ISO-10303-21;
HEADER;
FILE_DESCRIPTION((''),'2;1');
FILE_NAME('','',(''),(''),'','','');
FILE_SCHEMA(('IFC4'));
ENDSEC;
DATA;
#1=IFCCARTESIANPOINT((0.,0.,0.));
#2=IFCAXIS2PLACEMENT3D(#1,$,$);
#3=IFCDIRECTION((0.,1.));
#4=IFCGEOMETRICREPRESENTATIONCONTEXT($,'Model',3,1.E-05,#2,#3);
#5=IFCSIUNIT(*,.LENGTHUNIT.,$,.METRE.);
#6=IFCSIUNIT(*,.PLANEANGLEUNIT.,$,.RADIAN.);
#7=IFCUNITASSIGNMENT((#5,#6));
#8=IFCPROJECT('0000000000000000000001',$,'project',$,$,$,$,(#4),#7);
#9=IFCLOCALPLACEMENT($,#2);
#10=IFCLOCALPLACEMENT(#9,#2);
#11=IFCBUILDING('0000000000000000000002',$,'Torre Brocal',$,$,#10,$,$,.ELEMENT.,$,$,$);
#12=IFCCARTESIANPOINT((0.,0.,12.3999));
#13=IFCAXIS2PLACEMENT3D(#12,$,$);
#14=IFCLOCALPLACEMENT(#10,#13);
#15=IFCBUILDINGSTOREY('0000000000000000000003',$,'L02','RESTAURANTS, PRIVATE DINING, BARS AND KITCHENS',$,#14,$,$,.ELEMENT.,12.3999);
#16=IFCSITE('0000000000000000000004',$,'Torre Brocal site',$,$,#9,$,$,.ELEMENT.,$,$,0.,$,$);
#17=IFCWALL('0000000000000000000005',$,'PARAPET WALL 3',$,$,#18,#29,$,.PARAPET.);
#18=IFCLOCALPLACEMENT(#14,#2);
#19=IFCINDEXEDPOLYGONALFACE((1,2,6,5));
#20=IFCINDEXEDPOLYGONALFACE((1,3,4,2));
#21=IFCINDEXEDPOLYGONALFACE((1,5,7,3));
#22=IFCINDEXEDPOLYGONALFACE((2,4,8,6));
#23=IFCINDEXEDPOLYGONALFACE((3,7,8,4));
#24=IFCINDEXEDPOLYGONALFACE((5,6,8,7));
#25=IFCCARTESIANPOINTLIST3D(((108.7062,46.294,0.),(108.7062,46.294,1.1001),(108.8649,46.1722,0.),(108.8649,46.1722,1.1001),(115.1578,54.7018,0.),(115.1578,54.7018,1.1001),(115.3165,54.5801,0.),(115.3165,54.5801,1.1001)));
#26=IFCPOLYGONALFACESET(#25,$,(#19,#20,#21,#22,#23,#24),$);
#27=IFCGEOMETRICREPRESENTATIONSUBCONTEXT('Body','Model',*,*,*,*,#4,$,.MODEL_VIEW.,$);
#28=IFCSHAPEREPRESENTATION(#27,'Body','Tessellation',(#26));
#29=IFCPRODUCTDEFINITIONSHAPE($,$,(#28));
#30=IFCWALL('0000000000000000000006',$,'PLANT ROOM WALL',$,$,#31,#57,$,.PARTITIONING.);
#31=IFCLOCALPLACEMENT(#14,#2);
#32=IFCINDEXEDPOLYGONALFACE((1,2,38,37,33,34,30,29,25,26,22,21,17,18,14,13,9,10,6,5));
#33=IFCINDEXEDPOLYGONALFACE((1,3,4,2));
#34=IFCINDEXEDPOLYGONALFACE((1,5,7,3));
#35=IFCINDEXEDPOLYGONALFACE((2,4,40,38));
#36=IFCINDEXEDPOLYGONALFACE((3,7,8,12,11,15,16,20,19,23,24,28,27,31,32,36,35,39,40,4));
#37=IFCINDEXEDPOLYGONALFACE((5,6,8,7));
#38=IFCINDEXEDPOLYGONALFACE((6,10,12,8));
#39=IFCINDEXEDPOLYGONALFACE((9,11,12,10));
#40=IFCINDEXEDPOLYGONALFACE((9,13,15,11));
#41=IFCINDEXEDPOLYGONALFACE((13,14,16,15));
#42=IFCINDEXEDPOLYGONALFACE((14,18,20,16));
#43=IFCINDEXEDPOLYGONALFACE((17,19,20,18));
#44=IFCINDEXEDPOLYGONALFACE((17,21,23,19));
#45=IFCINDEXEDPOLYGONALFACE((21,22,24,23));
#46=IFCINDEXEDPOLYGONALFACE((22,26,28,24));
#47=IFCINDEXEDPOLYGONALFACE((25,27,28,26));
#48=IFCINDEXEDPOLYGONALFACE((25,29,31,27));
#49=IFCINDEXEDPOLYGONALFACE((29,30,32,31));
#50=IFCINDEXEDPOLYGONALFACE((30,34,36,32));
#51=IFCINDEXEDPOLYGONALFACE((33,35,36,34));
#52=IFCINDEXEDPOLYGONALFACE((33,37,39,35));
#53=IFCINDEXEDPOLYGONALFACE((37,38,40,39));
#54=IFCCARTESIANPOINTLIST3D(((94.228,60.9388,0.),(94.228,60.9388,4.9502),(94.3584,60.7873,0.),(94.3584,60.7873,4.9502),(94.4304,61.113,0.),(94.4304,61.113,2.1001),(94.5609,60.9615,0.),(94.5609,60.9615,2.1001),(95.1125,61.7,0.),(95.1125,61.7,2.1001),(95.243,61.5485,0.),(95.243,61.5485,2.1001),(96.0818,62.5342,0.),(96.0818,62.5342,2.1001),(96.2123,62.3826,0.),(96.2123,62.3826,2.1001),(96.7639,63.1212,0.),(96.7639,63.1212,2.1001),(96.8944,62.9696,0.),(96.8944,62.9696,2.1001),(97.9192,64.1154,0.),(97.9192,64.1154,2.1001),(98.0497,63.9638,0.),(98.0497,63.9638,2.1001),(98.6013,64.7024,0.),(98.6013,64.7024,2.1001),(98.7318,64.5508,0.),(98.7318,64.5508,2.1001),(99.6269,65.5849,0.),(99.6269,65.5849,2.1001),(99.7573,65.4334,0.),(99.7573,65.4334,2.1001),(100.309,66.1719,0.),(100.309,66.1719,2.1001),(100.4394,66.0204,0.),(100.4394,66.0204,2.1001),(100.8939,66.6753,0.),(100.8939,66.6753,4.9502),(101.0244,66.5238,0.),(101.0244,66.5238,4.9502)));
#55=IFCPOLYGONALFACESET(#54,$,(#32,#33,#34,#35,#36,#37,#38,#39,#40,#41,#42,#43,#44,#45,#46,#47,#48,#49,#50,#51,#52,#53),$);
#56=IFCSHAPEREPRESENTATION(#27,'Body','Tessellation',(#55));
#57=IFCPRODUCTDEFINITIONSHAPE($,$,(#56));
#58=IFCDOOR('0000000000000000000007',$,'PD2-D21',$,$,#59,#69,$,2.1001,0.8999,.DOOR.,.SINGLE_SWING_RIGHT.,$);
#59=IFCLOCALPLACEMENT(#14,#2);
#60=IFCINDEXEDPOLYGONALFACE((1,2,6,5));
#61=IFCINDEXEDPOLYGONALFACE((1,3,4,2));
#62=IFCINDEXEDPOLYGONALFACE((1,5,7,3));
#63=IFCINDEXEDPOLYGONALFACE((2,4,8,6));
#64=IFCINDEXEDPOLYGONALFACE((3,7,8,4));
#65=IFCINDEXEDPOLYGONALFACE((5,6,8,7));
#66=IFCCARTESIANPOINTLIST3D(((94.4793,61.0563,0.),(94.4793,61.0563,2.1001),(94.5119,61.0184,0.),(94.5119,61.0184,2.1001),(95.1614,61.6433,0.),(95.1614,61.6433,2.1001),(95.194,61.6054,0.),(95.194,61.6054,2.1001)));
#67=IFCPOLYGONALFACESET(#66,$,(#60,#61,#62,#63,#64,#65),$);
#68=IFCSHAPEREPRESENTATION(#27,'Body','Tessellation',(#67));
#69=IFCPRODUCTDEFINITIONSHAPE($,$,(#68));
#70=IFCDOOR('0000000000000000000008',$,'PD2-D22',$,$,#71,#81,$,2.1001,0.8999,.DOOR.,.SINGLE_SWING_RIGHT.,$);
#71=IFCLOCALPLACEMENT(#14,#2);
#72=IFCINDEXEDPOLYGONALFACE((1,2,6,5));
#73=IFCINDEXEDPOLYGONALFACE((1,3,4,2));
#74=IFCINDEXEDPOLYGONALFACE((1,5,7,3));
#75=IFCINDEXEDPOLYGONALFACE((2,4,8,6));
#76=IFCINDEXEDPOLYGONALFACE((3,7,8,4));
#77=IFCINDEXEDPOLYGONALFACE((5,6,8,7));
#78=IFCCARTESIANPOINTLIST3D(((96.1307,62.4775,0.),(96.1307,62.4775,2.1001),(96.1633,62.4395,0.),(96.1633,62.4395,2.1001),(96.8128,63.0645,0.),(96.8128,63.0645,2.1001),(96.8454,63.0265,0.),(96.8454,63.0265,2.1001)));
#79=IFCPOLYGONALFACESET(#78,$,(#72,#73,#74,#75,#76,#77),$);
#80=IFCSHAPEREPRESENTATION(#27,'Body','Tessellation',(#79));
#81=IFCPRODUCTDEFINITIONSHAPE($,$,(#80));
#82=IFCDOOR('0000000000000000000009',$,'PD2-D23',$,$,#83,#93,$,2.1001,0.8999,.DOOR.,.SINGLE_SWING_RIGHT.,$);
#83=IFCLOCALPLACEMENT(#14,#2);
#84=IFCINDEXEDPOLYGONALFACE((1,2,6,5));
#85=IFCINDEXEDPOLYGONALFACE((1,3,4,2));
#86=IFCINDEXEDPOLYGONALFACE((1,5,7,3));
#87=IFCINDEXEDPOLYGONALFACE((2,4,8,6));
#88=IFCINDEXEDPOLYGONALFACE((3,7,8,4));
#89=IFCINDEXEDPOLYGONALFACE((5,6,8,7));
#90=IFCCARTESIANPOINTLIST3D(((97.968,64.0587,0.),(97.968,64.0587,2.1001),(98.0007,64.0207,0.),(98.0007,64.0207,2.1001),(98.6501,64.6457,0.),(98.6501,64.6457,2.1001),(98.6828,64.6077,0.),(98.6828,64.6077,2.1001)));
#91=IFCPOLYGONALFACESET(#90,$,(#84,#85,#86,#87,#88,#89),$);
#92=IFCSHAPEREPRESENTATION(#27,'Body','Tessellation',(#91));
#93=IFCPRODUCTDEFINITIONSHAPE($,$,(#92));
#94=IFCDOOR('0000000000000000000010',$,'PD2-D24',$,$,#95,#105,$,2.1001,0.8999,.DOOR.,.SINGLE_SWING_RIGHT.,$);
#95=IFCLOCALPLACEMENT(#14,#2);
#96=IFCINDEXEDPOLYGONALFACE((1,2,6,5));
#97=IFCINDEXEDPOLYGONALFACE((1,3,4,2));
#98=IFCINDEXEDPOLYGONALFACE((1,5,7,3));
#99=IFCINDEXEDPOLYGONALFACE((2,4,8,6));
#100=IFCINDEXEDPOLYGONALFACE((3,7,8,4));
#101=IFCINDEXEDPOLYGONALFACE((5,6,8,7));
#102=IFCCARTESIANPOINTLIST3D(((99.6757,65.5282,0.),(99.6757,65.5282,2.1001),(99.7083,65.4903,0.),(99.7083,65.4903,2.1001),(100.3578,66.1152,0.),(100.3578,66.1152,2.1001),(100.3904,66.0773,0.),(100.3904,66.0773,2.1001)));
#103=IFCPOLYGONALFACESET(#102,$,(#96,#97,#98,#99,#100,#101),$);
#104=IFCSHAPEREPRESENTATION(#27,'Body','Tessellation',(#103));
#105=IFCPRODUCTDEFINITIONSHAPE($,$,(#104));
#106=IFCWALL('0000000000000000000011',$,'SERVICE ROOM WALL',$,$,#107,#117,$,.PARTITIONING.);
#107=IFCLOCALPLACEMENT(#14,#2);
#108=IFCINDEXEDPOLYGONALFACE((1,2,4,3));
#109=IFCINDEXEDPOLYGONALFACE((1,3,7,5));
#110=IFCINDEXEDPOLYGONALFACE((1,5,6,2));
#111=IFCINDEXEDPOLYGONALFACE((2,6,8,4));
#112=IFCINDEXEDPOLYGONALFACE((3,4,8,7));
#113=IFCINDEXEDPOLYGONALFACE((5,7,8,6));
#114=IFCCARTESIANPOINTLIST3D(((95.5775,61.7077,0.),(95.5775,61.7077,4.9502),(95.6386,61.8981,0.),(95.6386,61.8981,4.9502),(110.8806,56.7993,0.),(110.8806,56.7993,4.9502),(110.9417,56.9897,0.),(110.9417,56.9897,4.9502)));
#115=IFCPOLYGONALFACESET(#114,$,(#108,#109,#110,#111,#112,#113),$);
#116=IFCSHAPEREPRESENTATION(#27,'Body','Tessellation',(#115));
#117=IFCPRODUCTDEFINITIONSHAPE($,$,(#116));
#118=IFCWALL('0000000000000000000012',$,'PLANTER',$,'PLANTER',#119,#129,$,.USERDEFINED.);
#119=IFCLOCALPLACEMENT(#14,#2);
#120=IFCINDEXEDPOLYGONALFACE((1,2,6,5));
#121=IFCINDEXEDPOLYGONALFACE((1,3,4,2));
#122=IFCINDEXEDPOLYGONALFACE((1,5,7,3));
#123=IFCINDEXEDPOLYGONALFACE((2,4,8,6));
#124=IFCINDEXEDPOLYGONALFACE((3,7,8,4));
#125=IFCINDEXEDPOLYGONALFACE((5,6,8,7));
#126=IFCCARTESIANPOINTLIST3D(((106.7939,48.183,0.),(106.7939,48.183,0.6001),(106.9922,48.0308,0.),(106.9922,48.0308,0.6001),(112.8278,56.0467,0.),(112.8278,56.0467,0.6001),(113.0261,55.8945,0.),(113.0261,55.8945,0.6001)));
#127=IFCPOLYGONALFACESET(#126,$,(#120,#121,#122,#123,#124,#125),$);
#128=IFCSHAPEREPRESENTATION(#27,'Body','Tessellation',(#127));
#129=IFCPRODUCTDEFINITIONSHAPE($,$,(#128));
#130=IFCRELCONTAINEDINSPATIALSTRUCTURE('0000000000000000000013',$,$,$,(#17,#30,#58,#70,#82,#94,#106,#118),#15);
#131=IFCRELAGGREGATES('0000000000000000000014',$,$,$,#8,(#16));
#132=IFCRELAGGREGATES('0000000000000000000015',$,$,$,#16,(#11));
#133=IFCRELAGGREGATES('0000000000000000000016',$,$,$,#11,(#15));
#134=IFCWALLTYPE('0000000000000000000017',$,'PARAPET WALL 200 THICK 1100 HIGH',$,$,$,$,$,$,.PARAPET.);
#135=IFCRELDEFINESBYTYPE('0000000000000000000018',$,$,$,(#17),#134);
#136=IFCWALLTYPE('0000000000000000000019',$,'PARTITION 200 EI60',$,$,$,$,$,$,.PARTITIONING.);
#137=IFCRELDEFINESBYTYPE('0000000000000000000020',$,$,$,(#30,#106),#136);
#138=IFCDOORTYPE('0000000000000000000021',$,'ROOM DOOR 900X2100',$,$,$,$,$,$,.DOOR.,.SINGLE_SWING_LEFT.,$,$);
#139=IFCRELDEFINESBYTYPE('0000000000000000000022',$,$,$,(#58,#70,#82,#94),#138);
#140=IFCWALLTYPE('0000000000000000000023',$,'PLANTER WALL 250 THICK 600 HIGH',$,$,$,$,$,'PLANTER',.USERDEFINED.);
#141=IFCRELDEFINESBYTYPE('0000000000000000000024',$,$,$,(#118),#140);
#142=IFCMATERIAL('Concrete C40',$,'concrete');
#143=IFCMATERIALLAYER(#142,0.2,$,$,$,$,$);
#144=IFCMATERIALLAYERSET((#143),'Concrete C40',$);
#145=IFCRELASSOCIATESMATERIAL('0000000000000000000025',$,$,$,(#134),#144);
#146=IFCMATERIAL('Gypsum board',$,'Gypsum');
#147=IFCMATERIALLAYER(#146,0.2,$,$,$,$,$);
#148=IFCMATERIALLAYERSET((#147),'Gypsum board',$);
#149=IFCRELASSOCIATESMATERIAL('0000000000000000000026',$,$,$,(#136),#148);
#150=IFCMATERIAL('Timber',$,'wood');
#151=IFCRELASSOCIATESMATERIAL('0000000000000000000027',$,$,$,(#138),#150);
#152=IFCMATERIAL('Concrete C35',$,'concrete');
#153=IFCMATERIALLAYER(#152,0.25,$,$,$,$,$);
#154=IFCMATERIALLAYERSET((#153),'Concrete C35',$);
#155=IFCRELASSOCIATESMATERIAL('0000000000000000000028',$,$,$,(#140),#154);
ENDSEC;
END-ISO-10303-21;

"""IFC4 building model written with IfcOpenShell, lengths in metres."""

from ifc_helpers import new_model, si_unit, direction, frame, frame_2d, origin, place, context, subcontext, project, spatial, rectangle, extrude, material, layer, layer_set, type_object, element, fill, save


model = new_model("IFC4")

# Units and contexts
model_context = context("Model", 3, precision=1e-05, world=origin(), true_north=direction((0.0, 1.0)))
body_context = subcontext(model_context, "Body", "Model", "MODEL_VIEW")
ifc_project = project(units=[si_unit("LENGTHUNIT", "METRE"), si_unit("PLANEANGLEUNIT", "RADIAN")], contexts=[model_context])

# Site, building, storey
site_placement = place(None, origin())
site = spatial("IfcSite", under=ifc_project, at=site_placement, Name="Torre Brocal site", CompositionType="ELEMENT", RefElevation=0.0)
building_placement = place(site_placement, origin())
building = spatial("IfcBuilding", under=site, at=building_placement, Name="Torre Brocal", CompositionType="ELEMENT")
storey_placement = place(building_placement, frame((0.0, 0.0, 12.3999)))
storey = spatial("IfcBuildingStorey", under=building, at=storey_placement, Name="L02", Description="RESTAURANTS, PRIVATE DINING, BARS AND KITCHENS", CompositionType="ELEMENT", Elevation=12.3999)

# Wall
ifc_material_1 = material(Name="Concrete C40", Category="concrete")
ifc_layer_1 = layer(ifc_material_1, 0.2)
ifc_layer_set_1 = layer_set([ifc_layer_1], Name="Concrete C40")
wall_type_1 = type_object("IfcWallType", Name="PARAPET WALL 200 THICK 1100 HIGH", PredefinedType="PARAPET", material=ifc_layer_set_1)
wall_1_placement = place(storey_placement, frame((115.2371, 54.6409, 0.0), z_axis=(0.0, 0.0, 1.0), x_axis=(-0.608762, -0.793353, 0.0)))
element("IfcWall", 1, at=wall_1_placement, inside=storey, type_object=wall_type_1, Name="PARAPET WALL 3", PredefinedType="PARAPET", context=body_context, shape_type="SweptSolid", body=[
    extrude(rectangle(XDim=10.5979, YDim=0.2, at=frame_2d((5.2988, 0.0))), origin(), (0.0, 0.0, 1.0), 1.1001),
])

# Wall, openings, doors
ifc_material_2 = material(Name="Gypsum board", Category="Gypsum")
ifc_layer_2 = layer(ifc_material_2, 0.2)
ifc_layer_set_2 = layer_set([ifc_layer_2], Name="Gypsum board")
wall_type_2 = type_object("IfcWallType", Name="PARTITION 200 EI60", PredefinedType="PARTITIONING", material=ifc_layer_set_2)
wall_2_placement = place(storey_placement, frame((94.2932, 60.863, 0.0), z_axis=(0.0, 0.0, 1.0), x_axis=(0.757972, 0.652288, 0.0)))
wall_2 = element("IfcWall", 2, at=wall_2_placement, inside=storey, type_object=wall_type_2, Name="PLANT ROOM WALL", PredefinedType="PARTITIONING", context=body_context, shape_type="SweptSolid", body=[
    extrude(rectangle(XDim=8.7944, YDim=0.2, at=frame_2d((4.3972, 0.0))), origin(), (0.0, 0.0, 1.0), 4.9502),
])
opening_1_placement = place(wall_2_placement, frame((0.2671, 0.0, 0.0)))
opening_1 = element("IfcOpeningElement", 3, at=opening_1_placement, cuts=wall_2, PredefinedType="OPENING", context=body_context, shape_type="SweptSolid", body=[
    extrude(rectangle(XDim=0.8999, YDim=2.1001, at=frame_2d((0.45, 1.05))), frame((0.0, 0.1099, 0.0), z_axis=(0.0, -1.0, 0.0), x_axis=(1.0, 0.0, 0.0)), (0.0, 0.0, 1.0), 0.22),
])
opening_2_placement = place(wall_2_placement, frame((2.4458, 0.0, 0.0)))
opening_2 = element("IfcOpeningElement", 4, at=opening_2_placement, cuts=wall_2, PredefinedType="OPENING", context=body_context, shape_type="SweptSolid", body=[
    extrude(rectangle(XDim=0.8999, YDim=2.1001, at=frame_2d((0.45, 1.05))), frame((0.0, 0.1099, 0.0), z_axis=(0.0, -1.0, 0.0), x_axis=(1.0, 0.0, 0.0)), (0.0, 0.0, 1.0), 0.22),
])
opening_3_placement = place(wall_2_placement, frame((4.8699, 0.0, 0.0)))
opening_3 = element("IfcOpeningElement", 5, at=opening_3_placement, cuts=wall_2, PredefinedType="OPENING", context=body_context, shape_type="SweptSolid", body=[
    extrude(rectangle(XDim=0.8999, YDim=2.1001, at=frame_2d((0.45, 1.05))), frame((0.0, 0.1099, 0.0), z_axis=(0.0, -1.0, 0.0), x_axis=(1.0, 0.0, 0.0)), (0.0, 0.0, 1.0), 0.22),
])
opening_4_placement = place(wall_2_placement, frame((7.1228, 0.0, 0.0)))
opening_4 = element("IfcOpeningElement", 6, at=opening_4_placement, cuts=wall_2, PredefinedType="OPENING", context=body_context, shape_type="SweptSolid", body=[
    extrude(rectangle(XDim=0.8999, YDim=2.1001, at=frame_2d((0.45, 1.05))), frame((0.0, 0.1099, 0.0), z_axis=(0.0, -1.0, 0.0), x_axis=(1.0, 0.0, 0.0)), (0.0, 0.0, 1.0), 0.22),
])
ifc_material_3 = material(Name="Timber", Category="wood")
door_type = type_object("IfcDoorType", Name="ROOM DOOR 900X2100", OperationType="SINGLE_SWING_LEFT", PredefinedType="DOOR", material=ifc_material_3)
door_1_placement = place(opening_1_placement, frame((0.8999, 0.0, 0.0), z_axis=(0.0, 0.0, 1.0), x_axis=(-1.0, 0.0, 0.0)))
door_1 = element("IfcDoor", 7, at=door_1_placement, inside=storey, type_object=door_type, Name="PD2-D21", OperationType="SINGLE_SWING_RIGHT", OverallHeight=2.1001, OverallWidth=0.8999, PredefinedType="DOOR", context=body_context, shape_type="SweptSolid", body=[
    extrude(rectangle(XDim=0.8999, YDim=2.1001, at=frame_2d((0.45, 1.05))), frame((0.0, 0.0249, 0.0), z_axis=(0.0, -1.0, 0.0), x_axis=(1.0, 0.0, 0.0)), (0.0, 0.0, 1.0), 0.05),
])
fill(opening_1, door_1)
door_2_placement = place(opening_2_placement, frame((0.8999, 0.0, 0.0), z_axis=(0.0, 0.0, 1.0), x_axis=(-1.0, 0.0, 0.0)))
door_2 = element("IfcDoor", 8, at=door_2_placement, inside=storey, type_object=door_type, Name="PD2-D22", OperationType="SINGLE_SWING_RIGHT", OverallHeight=2.1001, OverallWidth=0.8999, PredefinedType="DOOR", context=body_context, shape_type="SweptSolid", body=[
    extrude(rectangle(XDim=0.8999, YDim=2.1001, at=frame_2d((0.45, 1.05))), frame((0.0, 0.0249, 0.0), z_axis=(0.0, -1.0, 0.0), x_axis=(1.0, 0.0, 0.0)), (0.0, 0.0, 1.0), 0.05),
])
fill(opening_2, door_2)
door_3_placement = place(opening_3_placement, frame((0.8999, 0.0, 0.0), z_axis=(0.0, 0.0, 1.0), x_axis=(-1.0, 0.0, 0.0)))
door_3 = element("IfcDoor", 9, at=door_3_placement, inside=storey, type_object=door_type, Name="PD2-D23", OperationType="SINGLE_SWING_RIGHT", OverallHeight=2.1001, OverallWidth=0.8999, PredefinedType="DOOR", context=body_context, shape_type="SweptSolid", body=[
    extrude(rectangle(XDim=0.8999, YDim=2.1001, at=frame_2d((0.45, 1.05))), frame((0.0, 0.0249, 0.0), z_axis=(0.0, -1.0, 0.0), x_axis=(1.0, 0.0, 0.0)), (0.0, 0.0, 1.0), 0.05),
])
fill(opening_3, door_3)
door_4_placement = place(opening_4_placement, frame((0.8999, 0.0, 0.0), z_axis=(0.0, 0.0, 1.0), x_axis=(-1.0, 0.0, 0.0)))
door_4 = element("IfcDoor", 10, at=door_4_placement, inside=storey, type_object=door_type, Name="PD2-D24", OperationType="SINGLE_SWING_RIGHT", OverallHeight=2.1001, OverallWidth=0.8999, PredefinedType="DOOR", context=body_context, shape_type="SweptSolid", body=[
    extrude(rectangle(XDim=0.8999, YDim=2.1001, at=frame_2d((0.45, 1.05))), frame((0.0, 0.0249, 0.0), z_axis=(0.0, -1.0, 0.0), x_axis=(1.0, 0.0, 0.0)), (0.0, 0.0, 1.0), 0.05),
])
fill(opening_4, door_4)

# Walls
wall_3_placement = place(storey_placement, frame((95.6079, 61.803, 0.0), z_axis=(0.0, 0.0, 1.0), x_axis=(0.952218, -0.30542, 0.0)))
element("IfcWall", 11, at=wall_3_placement, inside=storey, type_object=wall_type_2, Name="SERVICE ROOM WALL", PredefinedType="PARTITIONING", context=body_context, shape_type="SweptSolid", body=[
    extrude(rectangle(XDim=16.071, YDim=0.2, at=frame_2d((8.0356, 0.0))), origin(), (0.0, 0.0, 1.0), 4.9502),
])
ifc_material_4 = material(Name="Concrete C35", Category="concrete")
ifc_layer_3 = layer(ifc_material_4, 0.25)
ifc_layer_set_3 = layer_set([ifc_layer_3], Name="Concrete C35")
wall_type_3 = type_object("IfcWallType", Name="PLANTER WALL 250 THICK 600 HIGH", ElementType="PLANTER", PredefinedType="USERDEFINED", material=ifc_layer_set_3)
wall_4_placement = place(storey_placement, frame((112.927, 55.9707, 0.0), z_axis=(0.0, 0.0, 1.0), x_axis=(-0.608752, -0.793361, 0.0)))
element("IfcWall", 12, at=wall_4_placement, inside=storey, type_object=wall_type_3, Name="PLANTER", ObjectType="PLANTER", PredefinedType="USERDEFINED", context=body_context, shape_type="SweptSolid", body=[
    extrude(rectangle(XDim=9.9119, YDim=0.25, at=frame_2d((4.9561, 0.0))), origin(), (0.0, 0.0, 1.0), 0.6001),
])

save(model, "model.ifc")
